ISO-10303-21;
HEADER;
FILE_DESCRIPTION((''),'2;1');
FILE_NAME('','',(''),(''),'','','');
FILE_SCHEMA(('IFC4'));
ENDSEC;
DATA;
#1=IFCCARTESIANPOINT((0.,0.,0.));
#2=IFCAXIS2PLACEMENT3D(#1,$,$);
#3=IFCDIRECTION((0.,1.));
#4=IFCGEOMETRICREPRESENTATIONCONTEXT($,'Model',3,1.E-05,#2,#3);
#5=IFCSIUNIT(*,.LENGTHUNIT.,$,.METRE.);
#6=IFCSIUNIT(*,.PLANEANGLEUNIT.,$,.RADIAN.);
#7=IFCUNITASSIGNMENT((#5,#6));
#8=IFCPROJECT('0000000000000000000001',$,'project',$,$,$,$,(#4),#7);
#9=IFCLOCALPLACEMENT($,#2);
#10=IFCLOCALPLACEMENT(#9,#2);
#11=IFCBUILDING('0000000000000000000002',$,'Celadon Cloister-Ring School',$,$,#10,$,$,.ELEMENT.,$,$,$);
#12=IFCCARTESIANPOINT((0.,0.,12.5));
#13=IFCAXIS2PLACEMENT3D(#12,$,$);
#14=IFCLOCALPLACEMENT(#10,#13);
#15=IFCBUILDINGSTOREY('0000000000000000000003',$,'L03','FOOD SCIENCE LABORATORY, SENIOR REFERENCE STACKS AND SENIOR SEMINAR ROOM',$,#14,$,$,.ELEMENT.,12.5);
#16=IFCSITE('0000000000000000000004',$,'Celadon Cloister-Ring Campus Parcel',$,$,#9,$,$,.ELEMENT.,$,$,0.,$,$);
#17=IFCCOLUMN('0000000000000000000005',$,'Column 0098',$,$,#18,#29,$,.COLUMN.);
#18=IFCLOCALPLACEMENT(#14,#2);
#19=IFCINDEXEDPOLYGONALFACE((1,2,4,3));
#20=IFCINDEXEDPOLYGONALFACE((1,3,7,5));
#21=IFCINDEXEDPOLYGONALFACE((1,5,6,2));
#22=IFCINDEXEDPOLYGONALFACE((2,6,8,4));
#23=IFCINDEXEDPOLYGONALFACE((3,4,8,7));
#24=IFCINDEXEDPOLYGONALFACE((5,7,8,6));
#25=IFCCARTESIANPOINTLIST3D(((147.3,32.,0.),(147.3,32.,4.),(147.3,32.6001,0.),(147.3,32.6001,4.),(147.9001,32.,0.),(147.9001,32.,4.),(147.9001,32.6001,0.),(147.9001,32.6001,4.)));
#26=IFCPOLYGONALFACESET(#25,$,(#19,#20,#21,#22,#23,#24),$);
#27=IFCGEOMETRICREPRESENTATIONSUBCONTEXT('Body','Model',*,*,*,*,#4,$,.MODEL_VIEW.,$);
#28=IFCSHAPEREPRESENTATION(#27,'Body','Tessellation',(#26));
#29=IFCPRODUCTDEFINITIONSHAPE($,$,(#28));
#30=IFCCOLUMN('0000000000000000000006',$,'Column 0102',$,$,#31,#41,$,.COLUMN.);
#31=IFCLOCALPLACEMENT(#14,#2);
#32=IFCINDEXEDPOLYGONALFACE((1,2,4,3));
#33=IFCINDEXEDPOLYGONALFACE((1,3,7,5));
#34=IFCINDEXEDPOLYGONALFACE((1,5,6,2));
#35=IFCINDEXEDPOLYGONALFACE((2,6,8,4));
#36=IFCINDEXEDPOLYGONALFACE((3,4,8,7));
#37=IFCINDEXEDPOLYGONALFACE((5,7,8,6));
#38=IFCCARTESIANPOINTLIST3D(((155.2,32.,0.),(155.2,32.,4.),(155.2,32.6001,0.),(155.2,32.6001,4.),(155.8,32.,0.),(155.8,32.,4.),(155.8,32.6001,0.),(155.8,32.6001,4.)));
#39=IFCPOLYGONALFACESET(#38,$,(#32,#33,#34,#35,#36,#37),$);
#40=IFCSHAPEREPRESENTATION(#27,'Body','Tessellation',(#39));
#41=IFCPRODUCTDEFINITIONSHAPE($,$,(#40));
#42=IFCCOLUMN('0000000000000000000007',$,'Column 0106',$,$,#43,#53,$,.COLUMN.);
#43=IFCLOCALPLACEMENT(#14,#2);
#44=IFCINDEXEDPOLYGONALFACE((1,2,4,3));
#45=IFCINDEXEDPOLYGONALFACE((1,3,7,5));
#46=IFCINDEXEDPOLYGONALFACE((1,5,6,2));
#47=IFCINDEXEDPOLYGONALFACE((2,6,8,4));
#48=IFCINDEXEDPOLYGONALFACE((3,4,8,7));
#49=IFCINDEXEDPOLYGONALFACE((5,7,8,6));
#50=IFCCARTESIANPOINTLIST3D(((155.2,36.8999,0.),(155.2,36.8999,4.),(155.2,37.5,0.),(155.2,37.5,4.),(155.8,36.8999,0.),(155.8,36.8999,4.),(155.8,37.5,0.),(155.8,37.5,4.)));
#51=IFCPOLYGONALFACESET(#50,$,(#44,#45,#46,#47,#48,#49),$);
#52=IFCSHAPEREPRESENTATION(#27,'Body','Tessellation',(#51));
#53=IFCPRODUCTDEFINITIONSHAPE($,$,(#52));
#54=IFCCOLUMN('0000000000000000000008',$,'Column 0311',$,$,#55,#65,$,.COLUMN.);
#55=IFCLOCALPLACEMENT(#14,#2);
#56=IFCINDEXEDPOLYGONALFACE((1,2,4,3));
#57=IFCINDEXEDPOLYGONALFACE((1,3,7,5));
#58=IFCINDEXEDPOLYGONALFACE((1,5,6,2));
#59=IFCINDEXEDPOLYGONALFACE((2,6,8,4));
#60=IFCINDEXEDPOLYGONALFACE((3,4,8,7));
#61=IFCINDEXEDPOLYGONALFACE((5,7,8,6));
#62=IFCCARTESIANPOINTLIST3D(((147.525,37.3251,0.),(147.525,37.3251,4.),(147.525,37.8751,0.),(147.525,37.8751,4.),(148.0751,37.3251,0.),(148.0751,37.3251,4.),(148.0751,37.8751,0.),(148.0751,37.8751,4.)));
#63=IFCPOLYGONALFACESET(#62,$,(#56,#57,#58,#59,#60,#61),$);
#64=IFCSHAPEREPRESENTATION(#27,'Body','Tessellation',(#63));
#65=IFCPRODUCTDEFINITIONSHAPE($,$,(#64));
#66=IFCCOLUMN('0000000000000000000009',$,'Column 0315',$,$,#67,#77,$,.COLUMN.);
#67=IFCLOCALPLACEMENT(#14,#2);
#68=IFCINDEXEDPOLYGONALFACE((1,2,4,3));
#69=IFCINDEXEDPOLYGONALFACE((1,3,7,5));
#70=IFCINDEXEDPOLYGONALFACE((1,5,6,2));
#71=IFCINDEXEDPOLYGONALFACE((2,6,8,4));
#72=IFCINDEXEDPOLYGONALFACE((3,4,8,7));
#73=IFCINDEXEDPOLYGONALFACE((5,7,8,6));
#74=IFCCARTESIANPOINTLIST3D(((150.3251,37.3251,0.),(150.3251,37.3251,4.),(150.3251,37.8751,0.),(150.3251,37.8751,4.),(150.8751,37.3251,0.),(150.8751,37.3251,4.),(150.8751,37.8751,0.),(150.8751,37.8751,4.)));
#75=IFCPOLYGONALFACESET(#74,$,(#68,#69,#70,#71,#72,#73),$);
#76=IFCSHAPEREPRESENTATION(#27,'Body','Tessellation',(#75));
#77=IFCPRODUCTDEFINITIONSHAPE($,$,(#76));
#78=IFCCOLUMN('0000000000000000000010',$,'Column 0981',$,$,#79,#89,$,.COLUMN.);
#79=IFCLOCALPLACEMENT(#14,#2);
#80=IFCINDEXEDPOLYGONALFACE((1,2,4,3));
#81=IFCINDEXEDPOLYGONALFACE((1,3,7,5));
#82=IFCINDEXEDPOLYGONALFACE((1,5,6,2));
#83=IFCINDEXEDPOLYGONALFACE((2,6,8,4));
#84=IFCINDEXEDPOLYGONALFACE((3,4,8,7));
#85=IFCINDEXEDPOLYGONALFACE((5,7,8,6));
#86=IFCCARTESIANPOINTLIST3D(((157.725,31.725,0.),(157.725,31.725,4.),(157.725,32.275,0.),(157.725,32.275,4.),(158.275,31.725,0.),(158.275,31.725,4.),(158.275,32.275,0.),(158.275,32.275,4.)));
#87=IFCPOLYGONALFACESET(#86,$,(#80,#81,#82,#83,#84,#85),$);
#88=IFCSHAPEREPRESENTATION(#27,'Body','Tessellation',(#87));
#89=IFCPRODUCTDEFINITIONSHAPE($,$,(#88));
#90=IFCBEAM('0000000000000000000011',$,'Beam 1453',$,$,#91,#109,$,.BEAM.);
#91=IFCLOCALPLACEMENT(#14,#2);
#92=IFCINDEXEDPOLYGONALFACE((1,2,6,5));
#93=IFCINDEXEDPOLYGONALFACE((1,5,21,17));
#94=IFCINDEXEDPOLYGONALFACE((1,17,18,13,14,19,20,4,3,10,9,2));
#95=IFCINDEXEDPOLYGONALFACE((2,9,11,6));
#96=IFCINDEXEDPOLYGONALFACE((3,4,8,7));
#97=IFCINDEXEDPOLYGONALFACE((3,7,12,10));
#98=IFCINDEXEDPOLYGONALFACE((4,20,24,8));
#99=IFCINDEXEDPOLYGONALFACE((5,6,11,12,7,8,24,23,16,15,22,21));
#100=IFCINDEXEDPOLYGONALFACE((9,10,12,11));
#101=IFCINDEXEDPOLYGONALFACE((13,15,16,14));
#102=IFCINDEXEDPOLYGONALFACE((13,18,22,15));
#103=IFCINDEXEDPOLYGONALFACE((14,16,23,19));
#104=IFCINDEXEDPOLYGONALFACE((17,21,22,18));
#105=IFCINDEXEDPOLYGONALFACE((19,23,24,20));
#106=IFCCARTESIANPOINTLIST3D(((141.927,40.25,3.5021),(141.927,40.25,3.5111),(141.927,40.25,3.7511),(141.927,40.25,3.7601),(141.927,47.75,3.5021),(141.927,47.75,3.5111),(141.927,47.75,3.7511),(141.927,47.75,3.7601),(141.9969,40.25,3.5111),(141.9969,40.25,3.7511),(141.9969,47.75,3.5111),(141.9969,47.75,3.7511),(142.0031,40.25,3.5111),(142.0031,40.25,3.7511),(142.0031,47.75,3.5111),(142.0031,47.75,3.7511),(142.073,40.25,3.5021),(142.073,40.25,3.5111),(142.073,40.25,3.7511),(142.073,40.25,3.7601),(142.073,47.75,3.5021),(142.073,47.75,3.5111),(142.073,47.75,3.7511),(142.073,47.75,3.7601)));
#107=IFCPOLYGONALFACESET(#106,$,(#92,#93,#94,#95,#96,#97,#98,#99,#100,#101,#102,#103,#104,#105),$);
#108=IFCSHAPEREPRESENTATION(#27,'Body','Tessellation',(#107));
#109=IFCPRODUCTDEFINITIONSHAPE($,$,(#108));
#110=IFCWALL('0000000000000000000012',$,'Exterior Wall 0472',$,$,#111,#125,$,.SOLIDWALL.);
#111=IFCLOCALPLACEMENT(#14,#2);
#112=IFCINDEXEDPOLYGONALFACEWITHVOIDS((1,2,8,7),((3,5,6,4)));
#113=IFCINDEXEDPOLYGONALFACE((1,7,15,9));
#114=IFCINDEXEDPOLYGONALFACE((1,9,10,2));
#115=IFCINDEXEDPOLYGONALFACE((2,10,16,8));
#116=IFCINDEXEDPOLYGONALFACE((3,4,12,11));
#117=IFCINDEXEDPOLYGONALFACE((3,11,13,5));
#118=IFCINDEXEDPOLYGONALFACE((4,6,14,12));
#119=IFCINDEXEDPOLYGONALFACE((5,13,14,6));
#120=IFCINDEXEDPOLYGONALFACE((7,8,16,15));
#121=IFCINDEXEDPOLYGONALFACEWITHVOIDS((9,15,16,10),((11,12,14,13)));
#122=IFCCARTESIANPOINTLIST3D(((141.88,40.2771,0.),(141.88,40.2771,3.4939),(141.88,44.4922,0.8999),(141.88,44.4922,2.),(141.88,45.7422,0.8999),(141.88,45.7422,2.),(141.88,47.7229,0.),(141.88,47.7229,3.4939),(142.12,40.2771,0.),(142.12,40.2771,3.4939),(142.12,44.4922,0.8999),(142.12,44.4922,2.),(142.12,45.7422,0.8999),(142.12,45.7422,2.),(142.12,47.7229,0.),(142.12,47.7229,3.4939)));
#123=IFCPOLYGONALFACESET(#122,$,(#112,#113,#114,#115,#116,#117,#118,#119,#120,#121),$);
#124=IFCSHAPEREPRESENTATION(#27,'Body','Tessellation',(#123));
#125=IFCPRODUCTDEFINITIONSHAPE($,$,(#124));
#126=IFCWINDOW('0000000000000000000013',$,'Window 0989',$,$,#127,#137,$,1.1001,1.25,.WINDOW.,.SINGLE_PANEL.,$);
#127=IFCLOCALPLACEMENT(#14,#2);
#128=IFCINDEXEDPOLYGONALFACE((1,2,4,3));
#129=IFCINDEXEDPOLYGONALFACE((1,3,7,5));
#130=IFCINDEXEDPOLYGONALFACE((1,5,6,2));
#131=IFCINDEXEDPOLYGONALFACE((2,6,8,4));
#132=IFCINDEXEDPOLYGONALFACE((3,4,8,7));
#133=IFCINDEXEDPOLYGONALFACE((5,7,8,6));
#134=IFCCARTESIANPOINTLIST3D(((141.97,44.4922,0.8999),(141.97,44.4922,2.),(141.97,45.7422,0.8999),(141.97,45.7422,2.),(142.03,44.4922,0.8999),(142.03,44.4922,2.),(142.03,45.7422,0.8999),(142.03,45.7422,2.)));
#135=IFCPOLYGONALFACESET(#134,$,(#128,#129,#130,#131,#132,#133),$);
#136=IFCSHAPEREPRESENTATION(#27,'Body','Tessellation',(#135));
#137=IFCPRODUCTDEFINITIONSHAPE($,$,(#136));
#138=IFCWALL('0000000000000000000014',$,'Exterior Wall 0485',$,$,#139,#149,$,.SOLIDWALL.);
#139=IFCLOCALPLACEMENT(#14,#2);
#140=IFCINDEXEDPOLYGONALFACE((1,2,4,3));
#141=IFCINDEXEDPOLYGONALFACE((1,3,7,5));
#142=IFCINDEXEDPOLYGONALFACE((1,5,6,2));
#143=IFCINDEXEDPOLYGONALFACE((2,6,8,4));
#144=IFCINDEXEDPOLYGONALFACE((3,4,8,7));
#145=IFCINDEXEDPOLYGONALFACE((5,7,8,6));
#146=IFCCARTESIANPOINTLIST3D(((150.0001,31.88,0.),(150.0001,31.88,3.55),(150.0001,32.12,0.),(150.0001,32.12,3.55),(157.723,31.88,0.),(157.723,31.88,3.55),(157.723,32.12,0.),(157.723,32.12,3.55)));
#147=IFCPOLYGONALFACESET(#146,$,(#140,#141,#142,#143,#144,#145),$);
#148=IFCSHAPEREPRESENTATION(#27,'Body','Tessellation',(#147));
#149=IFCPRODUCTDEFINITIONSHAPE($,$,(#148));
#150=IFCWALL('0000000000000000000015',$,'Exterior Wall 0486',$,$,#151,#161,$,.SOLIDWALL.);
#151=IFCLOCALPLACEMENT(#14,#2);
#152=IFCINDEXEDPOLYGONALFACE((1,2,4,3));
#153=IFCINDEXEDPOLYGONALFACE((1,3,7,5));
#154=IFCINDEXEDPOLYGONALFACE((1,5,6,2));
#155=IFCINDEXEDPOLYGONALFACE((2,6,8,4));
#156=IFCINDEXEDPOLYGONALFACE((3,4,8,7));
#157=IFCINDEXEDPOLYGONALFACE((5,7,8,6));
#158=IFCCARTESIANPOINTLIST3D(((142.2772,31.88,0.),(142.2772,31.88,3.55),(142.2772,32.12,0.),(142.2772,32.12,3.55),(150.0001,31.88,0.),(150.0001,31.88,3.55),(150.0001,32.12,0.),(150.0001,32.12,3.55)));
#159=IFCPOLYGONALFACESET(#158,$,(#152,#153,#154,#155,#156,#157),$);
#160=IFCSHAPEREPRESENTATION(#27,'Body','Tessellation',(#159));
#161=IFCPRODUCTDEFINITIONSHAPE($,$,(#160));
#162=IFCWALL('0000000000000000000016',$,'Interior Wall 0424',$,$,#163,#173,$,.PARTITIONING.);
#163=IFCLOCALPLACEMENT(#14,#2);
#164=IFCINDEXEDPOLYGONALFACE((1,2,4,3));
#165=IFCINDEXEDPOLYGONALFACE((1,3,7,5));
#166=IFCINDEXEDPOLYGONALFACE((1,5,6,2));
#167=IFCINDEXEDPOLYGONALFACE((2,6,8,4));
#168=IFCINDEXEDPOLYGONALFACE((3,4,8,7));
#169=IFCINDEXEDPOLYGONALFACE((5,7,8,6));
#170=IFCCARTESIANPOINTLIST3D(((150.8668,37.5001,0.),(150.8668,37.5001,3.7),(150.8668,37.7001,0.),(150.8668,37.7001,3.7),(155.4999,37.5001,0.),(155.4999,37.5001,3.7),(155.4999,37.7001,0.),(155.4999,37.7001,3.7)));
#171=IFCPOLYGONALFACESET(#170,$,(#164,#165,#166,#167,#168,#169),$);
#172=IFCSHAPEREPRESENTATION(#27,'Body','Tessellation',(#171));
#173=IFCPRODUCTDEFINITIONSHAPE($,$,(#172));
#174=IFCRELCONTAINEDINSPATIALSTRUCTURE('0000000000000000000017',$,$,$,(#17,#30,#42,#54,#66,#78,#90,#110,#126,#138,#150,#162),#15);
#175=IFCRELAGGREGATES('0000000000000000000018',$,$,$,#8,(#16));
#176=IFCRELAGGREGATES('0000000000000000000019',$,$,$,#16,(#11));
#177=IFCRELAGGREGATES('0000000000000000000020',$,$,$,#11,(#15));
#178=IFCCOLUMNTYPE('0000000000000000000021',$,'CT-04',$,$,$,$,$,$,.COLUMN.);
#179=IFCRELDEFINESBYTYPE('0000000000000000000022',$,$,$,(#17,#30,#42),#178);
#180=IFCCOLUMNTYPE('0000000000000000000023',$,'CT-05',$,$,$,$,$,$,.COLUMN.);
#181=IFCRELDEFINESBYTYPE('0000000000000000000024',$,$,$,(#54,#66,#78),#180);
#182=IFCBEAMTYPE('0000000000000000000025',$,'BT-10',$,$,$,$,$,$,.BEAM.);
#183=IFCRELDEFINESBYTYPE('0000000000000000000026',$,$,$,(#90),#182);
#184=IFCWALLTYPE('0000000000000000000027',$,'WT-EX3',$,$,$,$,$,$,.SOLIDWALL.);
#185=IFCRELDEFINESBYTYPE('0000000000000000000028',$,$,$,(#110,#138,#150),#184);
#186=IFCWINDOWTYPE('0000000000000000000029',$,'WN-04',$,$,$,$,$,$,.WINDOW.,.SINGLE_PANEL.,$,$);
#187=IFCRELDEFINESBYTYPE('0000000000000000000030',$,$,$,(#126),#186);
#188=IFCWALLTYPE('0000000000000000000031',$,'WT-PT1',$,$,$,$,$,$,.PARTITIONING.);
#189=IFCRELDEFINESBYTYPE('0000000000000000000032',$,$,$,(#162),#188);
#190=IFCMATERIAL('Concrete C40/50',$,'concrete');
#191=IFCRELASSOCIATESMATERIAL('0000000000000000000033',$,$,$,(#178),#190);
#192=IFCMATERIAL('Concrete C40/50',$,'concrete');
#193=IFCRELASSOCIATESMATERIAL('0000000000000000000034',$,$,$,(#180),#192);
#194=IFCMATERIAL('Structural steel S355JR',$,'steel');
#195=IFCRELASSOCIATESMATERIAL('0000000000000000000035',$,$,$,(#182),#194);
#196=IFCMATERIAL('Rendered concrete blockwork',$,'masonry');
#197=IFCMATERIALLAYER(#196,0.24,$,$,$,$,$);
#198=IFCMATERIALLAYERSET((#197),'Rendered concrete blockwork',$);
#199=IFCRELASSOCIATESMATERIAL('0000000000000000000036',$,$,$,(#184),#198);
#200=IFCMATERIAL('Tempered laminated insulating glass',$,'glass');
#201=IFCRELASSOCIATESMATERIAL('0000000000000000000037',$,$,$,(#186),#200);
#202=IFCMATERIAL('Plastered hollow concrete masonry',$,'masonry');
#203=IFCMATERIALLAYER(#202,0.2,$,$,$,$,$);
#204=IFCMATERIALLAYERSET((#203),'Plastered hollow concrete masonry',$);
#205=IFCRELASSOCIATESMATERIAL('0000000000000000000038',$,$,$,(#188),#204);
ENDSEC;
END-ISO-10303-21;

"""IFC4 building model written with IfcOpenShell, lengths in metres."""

from ifc_helpers import new_model, si_unit, direction, frame, frame_2d, origin, origin_2d, place, context, subcontext, project, spatial, rectangle, i_section, extrude, material, layer, layer_set, material_profile, profile_set, type_object, element, fill, save


model = new_model("IFC4")

# Units and contexts
model_context = context("Model", 3, precision=1e-05, world=origin(), true_north=direction((0.0, 1.0)))
body_context = subcontext(model_context, "Body", "Model", "MODEL_VIEW")
ifc_project = project(units=[si_unit("LENGTHUNIT", "METRE"), si_unit("PLANEANGLEUNIT", "RADIAN")], contexts=[model_context])

# Site, building, storey
site_placement = place(None, origin())
site = spatial("IfcSite", under=ifc_project, at=site_placement, Name="Celadon Cloister-Ring Campus Parcel", CompositionType="ELEMENT", RefElevation=0.0)
building_placement = place(site_placement, origin())
building = spatial("IfcBuilding", under=site, at=building_placement, Name="Celadon Cloister-Ring School", CompositionType="ELEMENT")
storey_placement = place(building_placement, frame((0.0, 0.0, 12.5)))
storey = spatial("IfcBuildingStorey", under=building, at=storey_placement, Name="L03", Description="FOOD SCIENCE LABORATORY, SENIOR REFERENCE STACKS AND SENIOR SEMINAR ROOM", CompositionType="ELEMENT", Elevation=12.5)

# Columns
ifc_material_1 = material(Name="Concrete C40/50", Category="concrete")
ifc_material_profile_1 = material_profile(ifc_material_1, rectangle(XDim=0.6001, YDim=0.6001, at=origin_2d()), Name="RC600X600")
ifc_profile_set_1 = profile_set([ifc_material_profile_1], Name="Concrete C40/50")
column_type_1 = type_object("IfcColumnType", Name="CT-04", PredefinedType="COLUMN", material=ifc_profile_set_1)
for number, where, z_axis, x_axis, name in (
    (1, (147.6001, 32.3, 0.0), (0.0, 0.0, 1.0), (1.0, 0.0, 0.0), "Column 0098"),
    (2, (155.5, 32.3, 0.0), (0.0, 0.0, 1.0), (1.0, 0.0, 0.0), "Column 0102"),
    (3, (155.5, 37.2, 0.0), (0.0, 0.0, 1.0), (1.0, 0.0, 0.0), "Column 0106"),
):
    element("IfcColumn", number, at=place(storey_placement, frame(where, z_axis=z_axis, x_axis=x_axis)), inside=storey, type_object=column_type_1, Name=name, PredefinedType="COLUMN", context=body_context, shape_type="SweptSolid", body=[
        extrude(rectangle(XDim=0.6001, YDim=0.6001, at=origin_2d()), origin(), (0.0, 0.0, 1.0), 4.0),
    ])
ifc_material_2 = material(Name="Concrete C40/50", Category="concrete")
ifc_material_profile_2 = material_profile(ifc_material_2, rectangle(XDim=0.55, YDim=0.55, at=origin_2d()), Name="RC550X550")
ifc_profile_set_2 = profile_set([ifc_material_profile_2], Name="Concrete C40/50")
column_type_2 = type_object("IfcColumnType", Name="CT-05", PredefinedType="COLUMN", material=ifc_profile_set_2)
for number, where, z_axis, x_axis, name in (
    (4, (147.8, 37.6001, 0.0), (0.0, 0.0, 1.0), (1.0, 0.0, 0.0), "Column 0311"),
    (5, (150.6001, 37.6001, 0.0), (0.0, 0.0, 1.0), (1.0, 0.0, 0.0), "Column 0315"),
    (6, (158.0, 32.0, 0.0), (0.0, 0.0, 1.0), (1.0, 0.0, 0.0), "Column 0981"),
):
    element("IfcColumn", number, at=place(storey_placement, frame(where, z_axis=z_axis, x_axis=x_axis)), inside=storey, type_object=column_type_2, Name=name, PredefinedType="COLUMN", context=body_context, shape_type="SweptSolid", body=[
        extrude(rectangle(XDim=0.55, YDim=0.55, at=origin_2d()), origin(), (0.0, 0.0, 1.0), 4.0),
    ])

# Beam
ifc_material_3 = material(Name="Structural steel S355JR", Category="steel")
ifc_material_profile_3 = material_profile(ifc_material_3, i_section(OverallWidth=0.146, OverallDepth=0.2581, WebThickness=0.0061, FlangeThickness=0.009, at=origin_2d()), Name="W250X33")
ifc_profile_set_3 = profile_set([ifc_material_profile_3], Name="Structural steel S355JR")
beam_type = type_object("IfcBeamType", Name="BT-10", PredefinedType="BEAM", material=ifc_profile_set_3)
beam_placement = place(storey_placement, frame((142.0, 40.25, 3.6311), z_axis=(0.0, 1.0, 0.0), x_axis=(-1.0, 0.0, 0.0)))
element("IfcBeam", 7, at=beam_placement, inside=storey, type_object=beam_type, Name="Beam 1453", PredefinedType="BEAM", context=body_context, shape_type="SweptSolid", body=[
    extrude(i_section(OverallWidth=0.146, OverallDepth=0.2581, WebThickness=0.0061, FlangeThickness=0.009, at=origin_2d()), origin(), (0.0, 0.0, 1.0), 7.5),
])

# Wall, opening, window
ifc_material_4 = material(Name="Rendered concrete blockwork", Category="masonry")
ifc_layer_1 = layer(ifc_material_4, 0.24)
ifc_layer_set_1 = layer_set([ifc_layer_1], Name="Rendered concrete blockwork")
wall_type_1 = type_object("IfcWallType", Name="WT-EX3", PredefinedType="SOLIDWALL", material=ifc_layer_set_1)
wall_1_placement = place(storey_placement, frame((142.0, 40.2771, 0.0), z_axis=(0.0, 0.0, 1.0), x_axis=(0.0, 1.0, 0.0)))
wall_1 = element("IfcWall", 8, at=wall_1_placement, inside=storey, type_object=wall_type_1, Name="Exterior Wall 0472", PredefinedType="SOLIDWALL", context=body_context, shape_type="SweptSolid", body=[
    extrude(rectangle(XDim=7.4458, YDim=0.24, at=frame_2d((3.7229, 0.0))), origin(), (0.0, 0.0, 1.0), 3.4939),
])
opening_1_placement = place(wall_1_placement, frame((4.2151, 0.0, 0.8999)))
opening_1 = element("IfcOpeningElement", 9, at=opening_1_placement, cuts=wall_1, PredefinedType="OPENING", context=body_context, shape_type="SweptSolid", body=[
    extrude(rectangle(XDim=1.25, YDim=1.1001, at=frame_2d((0.625, 0.55))), frame((0.0, 0.1299, 0.0), z_axis=(0.0, -1.0, 0.0), x_axis=(1.0, 0.0, 0.0)), (0.0, 0.0, 1.0), 0.26),
])
ifc_material_5 = material(Name="Tempered laminated insulating glass", Category="glass")
window_type = type_object("IfcWindowType", Name="WN-04", PartitioningType="SINGLE_PANEL", PredefinedType="WINDOW", material=ifc_material_5)
window_placement = place(opening_1_placement, origin())
window = element("IfcWindow", 10, at=window_placement, inside=storey, type_object=window_type, Name="Window 0989", OverallHeight=1.1001, OverallWidth=1.25, PartitioningType="SINGLE_PANEL", PredefinedType="WINDOW", context=body_context, shape_type="SweptSolid", body=[
    extrude(rectangle(XDim=1.25, YDim=1.1001, at=frame_2d((0.625, 0.55))), frame((0.0, 0.03, 0.0), z_axis=(0.0, -1.0, 0.0), x_axis=(1.0, 0.0, 0.0)), (0.0, 0.0, 1.0), 0.0601),
])
fill(opening_1, window)

# Walls
for number, where, z_axis, x_axis, name in (
    (11, (157.7229, 32.0, 0.0), (0.0, 0.0, 1.0), (-1.0, 0.0, 0.0), "Exterior Wall 0485"),
    (12, (150.0, 32.0, 0.0), (0.0, 0.0, 1.0), (-1.0, 0.0, 0.0), "Exterior Wall 0486"),
):
    element("IfcWall", number, at=place(storey_placement, frame(where, z_axis=z_axis, x_axis=x_axis)), inside=storey, type_object=wall_type_1, Name=name, PredefinedType="SOLIDWALL", context=body_context, shape_type="SweptSolid", body=[
        extrude(rectangle(XDim=7.7229, YDim=0.24, at=frame_2d((3.8613, 0.0))), origin(), (0.0, 0.0, 1.0), 3.55),
    ])
ifc_material_6 = material(Name="Plastered hollow concrete masonry", Category="masonry")
ifc_layer_2 = layer(ifc_material_6, 0.2)
ifc_layer_set_2 = layer_set([ifc_layer_2], Name="Plastered hollow concrete masonry")
wall_type_2 = type_object("IfcWallType", Name="WT-PT1", PredefinedType="PARTITIONING", material=ifc_layer_set_2)
wall_2_placement = place(storey_placement, frame((150.8669, 37.6001, 0.0), z_axis=(0.0, 0.0, 1.0), x_axis=(1.0, 0.0, 0.0)))
element("IfcWall", 13, at=wall_2_placement, inside=storey, type_object=wall_type_2, Name="Interior Wall 0424", PredefinedType="PARTITIONING", context=body_context, shape_type="SweptSolid", body=[
    extrude(rectangle(XDim=4.6331, YDim=0.2, at=frame_2d((2.3164, 0.0))), origin(), (0.0, 0.0, 1.0), 3.7),
])

save(model, "model.ifc")
